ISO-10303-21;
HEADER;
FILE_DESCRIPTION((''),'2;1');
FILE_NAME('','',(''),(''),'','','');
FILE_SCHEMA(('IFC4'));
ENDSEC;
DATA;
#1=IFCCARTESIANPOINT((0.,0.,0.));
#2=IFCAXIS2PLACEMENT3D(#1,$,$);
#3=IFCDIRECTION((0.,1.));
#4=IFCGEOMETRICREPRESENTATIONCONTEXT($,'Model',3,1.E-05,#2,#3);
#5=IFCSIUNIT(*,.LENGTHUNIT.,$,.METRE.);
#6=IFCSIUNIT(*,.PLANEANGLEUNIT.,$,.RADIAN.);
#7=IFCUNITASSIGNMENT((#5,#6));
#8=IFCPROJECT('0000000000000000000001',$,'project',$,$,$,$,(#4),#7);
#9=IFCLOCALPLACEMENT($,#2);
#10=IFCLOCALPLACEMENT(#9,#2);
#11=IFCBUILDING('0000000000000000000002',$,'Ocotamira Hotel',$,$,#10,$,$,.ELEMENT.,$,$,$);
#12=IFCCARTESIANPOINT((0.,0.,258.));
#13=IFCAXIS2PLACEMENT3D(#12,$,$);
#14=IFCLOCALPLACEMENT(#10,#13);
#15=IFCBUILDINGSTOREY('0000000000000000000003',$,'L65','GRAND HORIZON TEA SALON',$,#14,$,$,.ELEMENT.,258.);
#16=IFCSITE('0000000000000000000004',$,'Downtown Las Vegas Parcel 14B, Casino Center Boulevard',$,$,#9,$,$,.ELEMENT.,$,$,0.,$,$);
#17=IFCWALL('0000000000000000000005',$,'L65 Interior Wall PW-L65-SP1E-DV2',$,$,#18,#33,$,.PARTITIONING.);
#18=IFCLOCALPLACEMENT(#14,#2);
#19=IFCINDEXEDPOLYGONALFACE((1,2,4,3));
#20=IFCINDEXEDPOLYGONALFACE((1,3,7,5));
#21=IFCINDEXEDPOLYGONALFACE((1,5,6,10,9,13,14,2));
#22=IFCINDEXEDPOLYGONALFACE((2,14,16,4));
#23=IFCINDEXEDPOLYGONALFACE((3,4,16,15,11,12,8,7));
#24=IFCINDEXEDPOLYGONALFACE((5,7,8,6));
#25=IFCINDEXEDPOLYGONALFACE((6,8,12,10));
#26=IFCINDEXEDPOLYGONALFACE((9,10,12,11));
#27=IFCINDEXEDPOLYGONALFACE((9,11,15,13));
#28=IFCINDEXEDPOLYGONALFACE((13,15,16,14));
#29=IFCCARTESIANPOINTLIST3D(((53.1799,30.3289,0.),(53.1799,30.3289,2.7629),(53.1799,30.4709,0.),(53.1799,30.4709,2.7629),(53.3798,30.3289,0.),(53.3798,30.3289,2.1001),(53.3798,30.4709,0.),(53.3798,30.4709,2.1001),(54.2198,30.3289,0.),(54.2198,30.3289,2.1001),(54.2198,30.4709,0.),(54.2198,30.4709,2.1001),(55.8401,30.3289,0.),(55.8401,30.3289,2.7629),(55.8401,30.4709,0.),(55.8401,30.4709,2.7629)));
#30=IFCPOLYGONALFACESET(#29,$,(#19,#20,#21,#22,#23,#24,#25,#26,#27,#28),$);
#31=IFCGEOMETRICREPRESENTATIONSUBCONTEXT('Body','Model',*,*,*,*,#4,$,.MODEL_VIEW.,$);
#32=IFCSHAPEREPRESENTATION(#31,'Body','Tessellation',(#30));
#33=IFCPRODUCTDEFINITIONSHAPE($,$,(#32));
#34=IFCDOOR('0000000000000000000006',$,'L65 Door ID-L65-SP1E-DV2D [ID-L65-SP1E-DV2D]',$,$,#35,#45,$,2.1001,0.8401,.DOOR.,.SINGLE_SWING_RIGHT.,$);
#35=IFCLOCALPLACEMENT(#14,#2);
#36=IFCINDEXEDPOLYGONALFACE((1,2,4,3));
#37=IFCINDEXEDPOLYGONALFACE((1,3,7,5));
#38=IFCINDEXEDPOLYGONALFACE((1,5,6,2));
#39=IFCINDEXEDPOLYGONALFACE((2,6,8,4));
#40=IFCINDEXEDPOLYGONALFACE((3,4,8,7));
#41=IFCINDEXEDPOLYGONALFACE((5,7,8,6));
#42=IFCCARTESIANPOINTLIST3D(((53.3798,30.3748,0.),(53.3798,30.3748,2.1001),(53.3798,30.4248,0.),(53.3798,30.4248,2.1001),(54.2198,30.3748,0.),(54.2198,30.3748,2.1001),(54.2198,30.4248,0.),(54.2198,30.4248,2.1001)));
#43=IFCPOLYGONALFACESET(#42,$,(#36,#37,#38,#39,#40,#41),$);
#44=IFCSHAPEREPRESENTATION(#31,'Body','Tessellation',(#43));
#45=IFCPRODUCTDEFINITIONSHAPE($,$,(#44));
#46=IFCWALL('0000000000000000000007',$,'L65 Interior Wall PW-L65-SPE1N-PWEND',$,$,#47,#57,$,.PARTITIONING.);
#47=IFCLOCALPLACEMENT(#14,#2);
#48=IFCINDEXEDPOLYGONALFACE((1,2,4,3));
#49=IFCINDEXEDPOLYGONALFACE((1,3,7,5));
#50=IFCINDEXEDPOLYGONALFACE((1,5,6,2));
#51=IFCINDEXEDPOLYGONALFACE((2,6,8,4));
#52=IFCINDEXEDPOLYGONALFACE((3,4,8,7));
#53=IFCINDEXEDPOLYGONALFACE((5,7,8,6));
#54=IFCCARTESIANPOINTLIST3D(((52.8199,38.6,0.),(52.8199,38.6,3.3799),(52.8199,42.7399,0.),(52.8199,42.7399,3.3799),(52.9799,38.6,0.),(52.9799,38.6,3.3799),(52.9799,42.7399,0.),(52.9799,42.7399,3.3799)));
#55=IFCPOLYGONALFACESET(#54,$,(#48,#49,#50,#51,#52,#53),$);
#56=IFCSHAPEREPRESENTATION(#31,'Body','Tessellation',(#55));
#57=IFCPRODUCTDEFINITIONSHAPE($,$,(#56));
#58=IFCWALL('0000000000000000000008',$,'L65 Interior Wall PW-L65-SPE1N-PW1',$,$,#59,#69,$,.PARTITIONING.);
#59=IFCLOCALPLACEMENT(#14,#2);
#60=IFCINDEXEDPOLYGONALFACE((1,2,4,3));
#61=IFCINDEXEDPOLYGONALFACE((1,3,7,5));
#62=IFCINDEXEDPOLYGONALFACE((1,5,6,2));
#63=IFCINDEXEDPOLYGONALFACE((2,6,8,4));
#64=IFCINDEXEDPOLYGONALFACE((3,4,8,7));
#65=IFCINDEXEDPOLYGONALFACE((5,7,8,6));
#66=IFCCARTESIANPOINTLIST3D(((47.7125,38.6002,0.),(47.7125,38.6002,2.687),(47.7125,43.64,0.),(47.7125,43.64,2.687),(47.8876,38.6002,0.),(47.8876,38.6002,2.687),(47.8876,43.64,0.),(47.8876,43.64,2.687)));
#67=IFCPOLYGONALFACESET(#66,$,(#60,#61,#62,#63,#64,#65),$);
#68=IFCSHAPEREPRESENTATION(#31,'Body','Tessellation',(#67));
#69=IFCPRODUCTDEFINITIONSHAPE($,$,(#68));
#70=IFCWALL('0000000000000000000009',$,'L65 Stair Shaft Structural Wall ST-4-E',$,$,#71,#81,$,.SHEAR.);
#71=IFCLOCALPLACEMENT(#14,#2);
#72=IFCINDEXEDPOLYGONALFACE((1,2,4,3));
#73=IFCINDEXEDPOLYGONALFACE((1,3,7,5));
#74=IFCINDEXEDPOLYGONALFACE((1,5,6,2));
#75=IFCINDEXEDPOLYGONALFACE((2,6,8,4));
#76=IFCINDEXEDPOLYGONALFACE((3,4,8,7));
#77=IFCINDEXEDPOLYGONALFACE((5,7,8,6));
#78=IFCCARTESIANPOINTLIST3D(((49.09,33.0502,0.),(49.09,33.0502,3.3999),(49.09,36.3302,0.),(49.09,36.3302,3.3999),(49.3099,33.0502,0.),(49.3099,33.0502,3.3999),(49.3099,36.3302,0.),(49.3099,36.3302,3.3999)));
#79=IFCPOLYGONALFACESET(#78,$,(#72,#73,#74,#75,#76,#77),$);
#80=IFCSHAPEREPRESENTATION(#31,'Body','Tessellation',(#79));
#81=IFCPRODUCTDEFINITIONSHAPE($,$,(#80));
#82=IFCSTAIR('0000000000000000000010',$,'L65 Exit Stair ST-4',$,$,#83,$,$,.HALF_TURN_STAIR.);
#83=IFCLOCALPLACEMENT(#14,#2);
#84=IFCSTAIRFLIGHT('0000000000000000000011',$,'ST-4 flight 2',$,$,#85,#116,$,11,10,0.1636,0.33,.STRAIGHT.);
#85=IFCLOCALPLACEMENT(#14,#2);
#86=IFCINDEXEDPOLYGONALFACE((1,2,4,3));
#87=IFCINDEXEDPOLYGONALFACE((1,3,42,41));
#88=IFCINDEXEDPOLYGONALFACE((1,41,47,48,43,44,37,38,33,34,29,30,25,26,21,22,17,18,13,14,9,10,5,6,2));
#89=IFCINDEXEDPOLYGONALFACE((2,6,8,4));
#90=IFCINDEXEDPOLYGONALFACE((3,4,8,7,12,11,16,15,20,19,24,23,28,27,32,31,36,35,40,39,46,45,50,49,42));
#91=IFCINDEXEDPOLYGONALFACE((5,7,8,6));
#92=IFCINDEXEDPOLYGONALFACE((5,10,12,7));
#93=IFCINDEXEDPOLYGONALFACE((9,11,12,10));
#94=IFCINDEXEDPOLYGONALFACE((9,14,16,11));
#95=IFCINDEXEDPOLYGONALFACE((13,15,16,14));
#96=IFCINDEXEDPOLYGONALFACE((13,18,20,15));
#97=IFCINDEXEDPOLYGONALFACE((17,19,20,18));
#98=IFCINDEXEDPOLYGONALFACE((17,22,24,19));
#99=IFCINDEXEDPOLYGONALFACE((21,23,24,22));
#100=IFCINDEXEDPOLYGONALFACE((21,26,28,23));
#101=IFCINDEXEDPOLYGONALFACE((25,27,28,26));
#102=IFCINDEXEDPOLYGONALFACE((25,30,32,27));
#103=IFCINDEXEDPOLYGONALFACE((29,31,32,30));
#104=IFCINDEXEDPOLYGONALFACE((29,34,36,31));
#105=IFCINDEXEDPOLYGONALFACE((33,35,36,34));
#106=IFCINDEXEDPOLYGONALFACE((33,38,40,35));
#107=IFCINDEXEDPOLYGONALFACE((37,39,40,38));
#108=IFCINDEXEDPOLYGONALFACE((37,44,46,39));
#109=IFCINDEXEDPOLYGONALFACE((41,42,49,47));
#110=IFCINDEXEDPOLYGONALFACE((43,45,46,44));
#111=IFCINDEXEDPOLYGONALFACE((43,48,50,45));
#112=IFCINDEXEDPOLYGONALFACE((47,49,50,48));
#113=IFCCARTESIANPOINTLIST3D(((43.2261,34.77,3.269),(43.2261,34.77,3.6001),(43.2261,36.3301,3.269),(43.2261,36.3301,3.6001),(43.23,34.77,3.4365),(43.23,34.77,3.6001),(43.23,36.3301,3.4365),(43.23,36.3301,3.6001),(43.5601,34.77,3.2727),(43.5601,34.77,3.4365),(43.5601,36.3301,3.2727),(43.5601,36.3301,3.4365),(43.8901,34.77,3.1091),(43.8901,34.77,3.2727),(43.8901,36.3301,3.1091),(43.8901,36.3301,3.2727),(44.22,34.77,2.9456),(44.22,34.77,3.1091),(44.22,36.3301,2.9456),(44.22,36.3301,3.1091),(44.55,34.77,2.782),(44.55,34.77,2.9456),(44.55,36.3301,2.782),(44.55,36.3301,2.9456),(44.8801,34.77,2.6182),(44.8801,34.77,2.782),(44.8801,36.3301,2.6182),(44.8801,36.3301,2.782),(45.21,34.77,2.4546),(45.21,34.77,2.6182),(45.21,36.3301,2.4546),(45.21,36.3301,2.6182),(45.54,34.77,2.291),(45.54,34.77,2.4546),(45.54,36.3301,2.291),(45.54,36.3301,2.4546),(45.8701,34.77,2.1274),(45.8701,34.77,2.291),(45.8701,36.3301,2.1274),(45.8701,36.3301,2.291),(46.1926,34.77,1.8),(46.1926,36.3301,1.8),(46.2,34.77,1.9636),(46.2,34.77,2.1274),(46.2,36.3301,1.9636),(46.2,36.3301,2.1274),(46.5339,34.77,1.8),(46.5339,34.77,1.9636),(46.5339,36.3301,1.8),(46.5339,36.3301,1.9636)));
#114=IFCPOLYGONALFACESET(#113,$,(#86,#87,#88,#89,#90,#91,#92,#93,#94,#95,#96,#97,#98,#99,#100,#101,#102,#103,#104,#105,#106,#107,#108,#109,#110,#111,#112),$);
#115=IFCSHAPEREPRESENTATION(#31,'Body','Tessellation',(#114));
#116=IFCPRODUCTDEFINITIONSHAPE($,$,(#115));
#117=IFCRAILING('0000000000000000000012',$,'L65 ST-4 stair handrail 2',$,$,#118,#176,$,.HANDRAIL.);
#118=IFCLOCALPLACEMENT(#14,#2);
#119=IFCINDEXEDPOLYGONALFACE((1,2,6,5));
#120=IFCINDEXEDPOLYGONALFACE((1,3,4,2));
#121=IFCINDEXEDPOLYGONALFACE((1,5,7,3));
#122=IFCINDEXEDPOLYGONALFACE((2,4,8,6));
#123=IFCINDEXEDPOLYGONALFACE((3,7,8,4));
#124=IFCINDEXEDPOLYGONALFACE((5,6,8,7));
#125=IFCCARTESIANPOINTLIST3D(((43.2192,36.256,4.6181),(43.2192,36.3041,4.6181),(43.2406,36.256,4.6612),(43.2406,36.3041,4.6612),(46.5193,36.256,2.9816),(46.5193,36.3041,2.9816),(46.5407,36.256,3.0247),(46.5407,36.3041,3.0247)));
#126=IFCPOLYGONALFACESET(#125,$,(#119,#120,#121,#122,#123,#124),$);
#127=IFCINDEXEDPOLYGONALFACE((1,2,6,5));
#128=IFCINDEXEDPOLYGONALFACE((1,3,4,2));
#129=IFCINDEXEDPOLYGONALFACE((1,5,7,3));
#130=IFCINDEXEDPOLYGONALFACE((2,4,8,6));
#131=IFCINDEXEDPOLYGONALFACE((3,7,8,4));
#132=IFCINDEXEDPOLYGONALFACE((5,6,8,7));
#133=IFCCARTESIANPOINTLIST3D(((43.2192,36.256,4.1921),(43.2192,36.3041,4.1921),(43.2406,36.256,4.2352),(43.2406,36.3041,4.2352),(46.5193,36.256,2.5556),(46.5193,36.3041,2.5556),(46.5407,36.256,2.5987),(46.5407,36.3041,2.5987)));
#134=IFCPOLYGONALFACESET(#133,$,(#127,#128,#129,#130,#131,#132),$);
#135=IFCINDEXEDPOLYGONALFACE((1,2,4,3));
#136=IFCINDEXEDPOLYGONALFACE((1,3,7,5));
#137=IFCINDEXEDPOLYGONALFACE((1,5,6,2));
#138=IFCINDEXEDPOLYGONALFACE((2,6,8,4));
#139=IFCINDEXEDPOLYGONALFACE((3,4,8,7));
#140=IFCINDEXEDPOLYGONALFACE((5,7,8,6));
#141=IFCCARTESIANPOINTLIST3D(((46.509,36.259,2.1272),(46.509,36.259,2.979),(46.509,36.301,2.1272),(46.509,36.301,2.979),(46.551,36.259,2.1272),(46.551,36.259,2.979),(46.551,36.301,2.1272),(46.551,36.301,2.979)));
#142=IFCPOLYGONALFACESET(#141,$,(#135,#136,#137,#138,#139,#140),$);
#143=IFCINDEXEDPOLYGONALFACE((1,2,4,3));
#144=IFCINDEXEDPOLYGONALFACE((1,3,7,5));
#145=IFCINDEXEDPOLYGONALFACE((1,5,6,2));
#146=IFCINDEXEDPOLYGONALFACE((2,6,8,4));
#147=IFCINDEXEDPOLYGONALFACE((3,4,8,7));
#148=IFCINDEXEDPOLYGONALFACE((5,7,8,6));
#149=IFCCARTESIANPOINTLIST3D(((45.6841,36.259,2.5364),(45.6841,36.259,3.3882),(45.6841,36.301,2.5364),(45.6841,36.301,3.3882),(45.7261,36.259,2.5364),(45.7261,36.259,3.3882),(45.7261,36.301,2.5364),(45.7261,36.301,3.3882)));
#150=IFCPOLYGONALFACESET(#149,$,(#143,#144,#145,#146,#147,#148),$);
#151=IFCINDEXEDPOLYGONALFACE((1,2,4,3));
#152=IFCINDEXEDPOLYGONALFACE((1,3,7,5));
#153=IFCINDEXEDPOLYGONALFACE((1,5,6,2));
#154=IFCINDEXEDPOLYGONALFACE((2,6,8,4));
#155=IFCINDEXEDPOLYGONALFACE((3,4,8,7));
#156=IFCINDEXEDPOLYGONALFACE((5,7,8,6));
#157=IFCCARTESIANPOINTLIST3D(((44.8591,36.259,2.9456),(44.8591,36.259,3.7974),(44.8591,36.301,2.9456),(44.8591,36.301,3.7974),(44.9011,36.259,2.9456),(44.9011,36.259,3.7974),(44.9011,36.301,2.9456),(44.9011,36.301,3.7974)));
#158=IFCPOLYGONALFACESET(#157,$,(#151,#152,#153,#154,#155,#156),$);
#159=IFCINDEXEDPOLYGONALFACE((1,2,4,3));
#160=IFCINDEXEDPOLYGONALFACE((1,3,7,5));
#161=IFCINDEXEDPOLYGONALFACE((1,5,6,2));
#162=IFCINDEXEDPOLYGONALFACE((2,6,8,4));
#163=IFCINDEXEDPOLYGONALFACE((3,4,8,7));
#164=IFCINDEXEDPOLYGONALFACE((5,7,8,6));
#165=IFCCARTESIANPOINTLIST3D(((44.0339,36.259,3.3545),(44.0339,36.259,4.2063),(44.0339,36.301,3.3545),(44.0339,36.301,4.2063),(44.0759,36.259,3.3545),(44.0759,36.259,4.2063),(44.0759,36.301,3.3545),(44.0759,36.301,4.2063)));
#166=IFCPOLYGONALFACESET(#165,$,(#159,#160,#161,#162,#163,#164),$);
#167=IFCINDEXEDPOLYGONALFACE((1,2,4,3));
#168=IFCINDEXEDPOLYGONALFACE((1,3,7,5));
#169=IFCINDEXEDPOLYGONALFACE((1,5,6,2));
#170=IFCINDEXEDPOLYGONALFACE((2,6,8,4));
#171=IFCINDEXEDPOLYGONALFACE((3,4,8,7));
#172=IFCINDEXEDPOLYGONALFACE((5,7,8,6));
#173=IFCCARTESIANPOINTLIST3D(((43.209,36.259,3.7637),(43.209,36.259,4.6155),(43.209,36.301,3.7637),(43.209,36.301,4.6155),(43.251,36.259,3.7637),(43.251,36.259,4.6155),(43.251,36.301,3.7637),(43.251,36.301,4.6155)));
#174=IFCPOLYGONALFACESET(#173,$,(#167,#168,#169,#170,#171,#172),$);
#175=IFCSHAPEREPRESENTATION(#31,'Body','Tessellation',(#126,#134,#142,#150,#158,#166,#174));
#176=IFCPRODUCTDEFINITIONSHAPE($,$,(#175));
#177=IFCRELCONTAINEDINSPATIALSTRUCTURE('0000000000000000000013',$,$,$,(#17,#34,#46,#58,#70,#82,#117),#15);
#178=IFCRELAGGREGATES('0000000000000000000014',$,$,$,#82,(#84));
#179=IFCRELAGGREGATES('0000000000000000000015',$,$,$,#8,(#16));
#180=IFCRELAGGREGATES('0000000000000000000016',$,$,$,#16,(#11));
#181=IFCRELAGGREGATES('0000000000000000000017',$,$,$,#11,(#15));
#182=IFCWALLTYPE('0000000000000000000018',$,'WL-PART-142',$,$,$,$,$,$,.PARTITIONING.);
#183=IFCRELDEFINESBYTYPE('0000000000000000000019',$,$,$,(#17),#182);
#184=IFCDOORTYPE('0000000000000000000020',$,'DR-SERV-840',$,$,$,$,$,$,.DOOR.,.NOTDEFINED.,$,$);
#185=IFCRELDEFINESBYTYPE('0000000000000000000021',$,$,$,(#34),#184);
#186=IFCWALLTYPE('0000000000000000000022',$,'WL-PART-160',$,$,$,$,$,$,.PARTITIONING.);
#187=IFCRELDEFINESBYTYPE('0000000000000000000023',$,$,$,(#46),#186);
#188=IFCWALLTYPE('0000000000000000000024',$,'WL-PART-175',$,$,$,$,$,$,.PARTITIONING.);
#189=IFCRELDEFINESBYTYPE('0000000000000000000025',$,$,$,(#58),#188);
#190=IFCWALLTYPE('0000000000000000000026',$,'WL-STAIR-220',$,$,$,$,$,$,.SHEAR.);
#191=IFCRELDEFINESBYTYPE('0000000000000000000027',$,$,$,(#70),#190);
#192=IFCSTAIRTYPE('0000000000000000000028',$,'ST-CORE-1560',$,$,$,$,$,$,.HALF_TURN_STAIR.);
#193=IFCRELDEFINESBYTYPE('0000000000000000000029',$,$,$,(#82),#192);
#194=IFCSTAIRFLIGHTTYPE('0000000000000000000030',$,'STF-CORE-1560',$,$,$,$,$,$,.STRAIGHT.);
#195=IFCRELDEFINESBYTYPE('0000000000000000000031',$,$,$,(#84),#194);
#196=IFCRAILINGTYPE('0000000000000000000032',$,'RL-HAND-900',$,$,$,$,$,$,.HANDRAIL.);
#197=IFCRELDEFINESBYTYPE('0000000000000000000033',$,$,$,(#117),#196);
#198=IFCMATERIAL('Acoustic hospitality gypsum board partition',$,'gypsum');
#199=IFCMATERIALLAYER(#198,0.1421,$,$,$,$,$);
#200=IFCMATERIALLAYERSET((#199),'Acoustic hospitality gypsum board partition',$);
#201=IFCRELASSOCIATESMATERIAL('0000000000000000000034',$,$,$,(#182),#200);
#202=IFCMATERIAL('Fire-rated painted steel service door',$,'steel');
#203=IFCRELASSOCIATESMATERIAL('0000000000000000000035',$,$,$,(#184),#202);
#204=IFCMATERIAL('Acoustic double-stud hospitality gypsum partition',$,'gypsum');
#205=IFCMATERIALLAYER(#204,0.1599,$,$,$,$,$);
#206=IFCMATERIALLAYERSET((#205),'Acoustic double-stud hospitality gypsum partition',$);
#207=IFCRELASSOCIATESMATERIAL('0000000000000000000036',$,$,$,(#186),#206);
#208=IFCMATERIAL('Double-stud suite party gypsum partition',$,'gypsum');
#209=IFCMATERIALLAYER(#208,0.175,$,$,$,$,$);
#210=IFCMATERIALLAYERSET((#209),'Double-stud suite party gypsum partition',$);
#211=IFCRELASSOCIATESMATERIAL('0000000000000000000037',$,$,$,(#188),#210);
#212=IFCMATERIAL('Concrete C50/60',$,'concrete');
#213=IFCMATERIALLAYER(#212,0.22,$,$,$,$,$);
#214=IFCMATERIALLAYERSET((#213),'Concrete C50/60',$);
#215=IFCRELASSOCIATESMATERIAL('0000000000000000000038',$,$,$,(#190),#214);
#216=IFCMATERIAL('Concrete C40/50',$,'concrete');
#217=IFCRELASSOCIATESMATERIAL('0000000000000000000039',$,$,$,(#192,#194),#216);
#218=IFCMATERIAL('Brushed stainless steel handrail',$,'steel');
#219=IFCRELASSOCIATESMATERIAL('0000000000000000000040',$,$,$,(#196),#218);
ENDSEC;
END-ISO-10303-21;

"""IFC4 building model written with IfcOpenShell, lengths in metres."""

from ifc_helpers import new_model, si_unit, direction, frame, frame_2d, origin, origin_2d, place, context, subcontext, project, spatial, polyline, rectangle, outline, extrude, source, transform, mapped, material, layer, layer_set, type_object, element, fill, aggregate, save


model = new_model("IFC4")

# Units and contexts
model_context = context("Model", 3, precision=1e-05, world=origin(), true_north=direction((0.0, 1.0)))
body_context = subcontext(model_context, "Body", "Model", "MODEL_VIEW")
ifc_project = project(units=[si_unit("LENGTHUNIT", "METRE"), si_unit("PLANEANGLEUNIT", "RADIAN")], contexts=[model_context])

# Site, building, storey
site_placement = place(None, origin())
site = spatial("IfcSite", under=ifc_project, at=site_placement, Name="Downtown Las Vegas Parcel 14B, Casino Center Boulevard", CompositionType="ELEMENT", RefElevation=0.0)
building_placement = place(site_placement, origin())
building = spatial("IfcBuilding", under=site, at=building_placement, Name="Ocotamira Hotel", CompositionType="ELEMENT")
storey_placement = place(building_placement, frame((0.0, 0.0, 258.0)))
storey = spatial("IfcBuildingStorey", under=building, at=storey_placement, Name="L65", Description="GRAND HORIZON TEA SALON", CompositionType="ELEMENT", Elevation=258.0)

# Wall, opening, door
ifc_material_1 = material(Name="Acoustic hospitality gypsum board partition", Category="gypsum")
ifc_layer_1 = layer(ifc_material_1, 0.1421)
ifc_layer_set_1 = layer_set([ifc_layer_1], Name="Acoustic hospitality gypsum board partition")
wall_type_1 = type_object("IfcWallType", Name="WL-PART-142", PredefinedType="PARTITIONING", material=ifc_layer_set_1)
wall_1_placement = place(storey_placement, frame((53.1799, 30.3999, 0.0), z_axis=(0.0, 0.0, 1.0), x_axis=(1.0, 0.0, 0.0)))
wall_1 = element("IfcWall", 1, at=wall_1_placement, inside=storey, type_object=wall_type_1, Name="L65 Interior Wall PW-L65-SP1E-DV2", PredefinedType="PARTITIONING", context=body_context, shape_type="SweptSolid", body=[
    extrude(rectangle(XDim=2.6602, YDim=0.1421, at=frame_2d((1.3301, 0.0))), origin(), (0.0, 0.0, 1.0), 2.7629),
])
opening_1_placement = place(wall_1_placement, frame((0.2, 0.0, 0.0)))
opening_1 = element("IfcOpeningElement", 2, at=opening_1_placement, cuts=wall_1, PredefinedType="OPENING", context=body_context, shape_type="SweptSolid", body=[
    extrude(rectangle(XDim=0.8401, YDim=2.1001, at=frame_2d((0.4199, 1.05))), frame((0.0, 0.0811, 0.0), z_axis=(0.0, -1.0, 0.0), x_axis=(1.0, 0.0, 0.0)), (0.0, 0.0, 1.0), 0.1621),
])
ifc_material_2 = material(Name="Fire-rated painted steel service door", Category="steel")
door_type_1 = type_object("IfcDoorType", Name="DR-SERV-840", OperationType="NOTDEFINED", PredefinedType="DOOR", material=ifc_material_2)
shared_shape_1 = source(origin(), body_context, "Body", "SweptSolid", [
    extrude(rectangle(XDim=0.8401, YDim=2.1001, at=frame_2d((0.4199, 1.05))), frame((0.0, 0.0249, 0.0), z_axis=(0.0, -1.0, 0.0), x_axis=(1.0, 0.0, 0.0)), (0.0, 0.0, 1.0), 0.05),
])
door_1_placement = place(opening_1_placement, origin())
door_1 = element("IfcDoor", 3, at=door_1_placement, inside=storey, type_object=door_type_1, Name="L65 Door ID-L65-SP1E-DV2D [ID-L65-SP1E-DV2D]", OperationType="SINGLE_SWING_RIGHT", OverallHeight=2.1001, OverallWidth=0.8401, PredefinedType="DOOR", context=body_context, shape_type="MappedRepresentation", body=[
    mapped(shared_shape_1, transform((0.0, 0.0, 0.0), scale=1.0)),
])
fill(opening_1, door_1)

# Walls
ifc_material_3 = material(Name="Acoustic double-stud hospitality gypsum partition", Category="gypsum")
ifc_layer_2 = layer(ifc_material_3, 0.1599)
ifc_layer_set_2 = layer_set([ifc_layer_2], Name="Acoustic double-stud hospitality gypsum partition")
wall_type_2 = type_object("IfcWallType", Name="WL-PART-160", PredefinedType="PARTITIONING", material=ifc_layer_set_2)
wall_2_placement = place(storey_placement, frame((52.8999, 38.6001, 0.0), z_axis=(0.0, 0.0, 1.0), x_axis=(0.0, 1.0, 0.0)))
element("IfcWall", 4, at=wall_2_placement, inside=storey, type_object=wall_type_2, Name="L65 Interior Wall PW-L65-SPE1N-PWEND", PredefinedType="PARTITIONING", context=body_context, shape_type="SweptSolid", body=[
    extrude(rectangle(XDim=4.1399, YDim=0.1599, at=frame_2d((2.0698, 0.0))), origin(), (0.0, 0.0, 1.0), 3.3799),
])
ifc_material_4 = material(Name="Double-stud suite party gypsum partition", Category="gypsum")
ifc_layer_3 = layer(ifc_material_4, 0.175)
ifc_layer_set_3 = layer_set([ifc_layer_3], Name="Double-stud suite party gypsum partition")
wall_type_3 = type_object("IfcWallType", Name="WL-PART-175", PredefinedType="PARTITIONING", material=ifc_layer_set_3)
wall_3_placement = place(storey_placement, frame((47.8, 38.6001, 0.0), z_axis=(0.0, 0.0, 1.0), x_axis=(0.0, 1.0, 0.0)))
element("IfcWall", 5, at=wall_3_placement, inside=storey, type_object=wall_type_3, Name="L65 Interior Wall PW-L65-SPE1N-PW1", PredefinedType="PARTITIONING", context=body_context, shape_type="SweptSolid", body=[
    extrude(rectangle(XDim=5.0398, YDim=0.175, at=frame_2d((2.52, 0.0))), origin(), (0.0, 0.0, 1.0), 2.687),
])
ifc_material_5 = material(Name="Concrete C50/60", Category="concrete")
ifc_layer_4 = layer(ifc_material_5, 0.22)
ifc_layer_set_4 = layer_set([ifc_layer_4], Name="Concrete C50/60")
wall_type_4 = type_object("IfcWallType", Name="WL-STAIR-220", PredefinedType="SHEAR", material=ifc_layer_set_4)
wall_4_placement = place(storey_placement, frame((49.2, 33.05, 0.0), z_axis=(0.0, 0.0, 1.0), x_axis=(0.0, 1.0, 0.0)))
element("IfcWall", 6, at=wall_4_placement, inside=storey, type_object=wall_type_4, Name="L65 Stair Shaft Structural Wall ST-4-E", PredefinedType="SHEAR", context=body_context, shape_type="SweptSolid", body=[
    extrude(rectangle(XDim=3.28, YDim=0.22, at=frame_2d((1.6401, 0.0))), origin(), (0.0, 0.0, 1.0), 3.3999),
])

# Stair, stair flight
ifc_material_6 = material(Name="Concrete C40/50", Category="concrete")
stair_type = type_object("IfcStairType", Name="ST-CORE-1560", PredefinedType="HALF_TURN_STAIR", material=ifc_material_6)
stair_placement = place(storey_placement, origin())
stair = element("IfcStair", 7, at=stair_placement, inside=storey, type_object=stair_type, Name="L65 Exit Stair ST-4", PredefinedType="HALF_TURN_STAIR")
stair_flight_type = type_object("IfcStairFlightType", Name="STF-CORE-1560", PredefinedType="STRAIGHT", material=ifc_material_6)
shared_shape_2 = source(origin(), body_context, "Body", "SweptSolid", [
    extrude(outline(polyline([(-0.0039, 0.0), (-0.0039, 0.1636), (0.3301, 0.1636), (0.3301, 0.3274), (0.6599, 0.3274), (0.6599, 0.491), (0.99, 0.491), (0.99, 0.6545), (1.3201, 0.6545), (1.3201, 0.8181), (1.6499, 0.8181), (1.6499, 0.9819), (1.98, 0.9819), (1.98, 1.1455), (2.3101, 1.1455), (2.3101, 1.3091), (2.6399, 1.3091), (2.6399, 1.4727), (2.97, 1.4727), (2.97, 1.6365), (3.3, 1.6365), (3.3, 1.8), (3.304, 1.8), (3.304, 1.469), (0.3374, 0.0), (-0.0039, 0.0)])), frame((0.0, 0.78, 0.0), z_axis=(0.0, -1.0, 0.0), x_axis=(1.0, 0.0, 0.0)), (0.0, 0.0, 1.0), 1.5601),
])
stair_flight_placement = place(storey_placement, frame((46.53, 35.55, 1.8), z_axis=(0.0, 0.0, 1.0), x_axis=(-1.0, 0.0, 0.0)))
stair_flight = element("IfcStairFlight", 8, at=stair_flight_placement, type_object=stair_flight_type, Name="ST-4 flight 2", NumberOfRisers=11, NumberOfTreads=10, PredefinedType="STRAIGHT", RiserHeight=0.1636, TreadLength=0.33, context=body_context, shape_type="MappedRepresentation", body=[
    mapped(shared_shape_2, transform((0.0, 0.0, 0.0), scale=1.0)),
])
aggregate(stair, [stair_flight])

# Railing
ifc_material_7 = material(Name="Brushed stainless steel handrail", Category="steel")
railing_type_1 = type_object("IfcRailingType", Name="RL-HAND-900", PredefinedType="HANDRAIL", material=ifc_material_7)
railing_1_placement = place(storey_placement, frame((46.53, 36.28, 2.1272)))
element("IfcRailing", 9, at=railing_1_placement, inside=storey, type_object=railing_type_1, Name="L65 ST-4 stair handrail 2", PredefinedType="HANDRAIL", context=body_context, shape_type="SweptSolid", body=[
    extrude(rectangle(XDim=0.0481, YDim=0.0481, at=origin_2d()), frame((0.0, 0.0, 0.876), z_axis=(-0.895894, 0.0, 0.444268), x_axis=(0.0, -1.0, 0.0)), (0.0, 0.0, 1.0), 3.6836),
    extrude(rectangle(XDim=0.0481, YDim=0.0481, at=origin_2d()), frame((0.0, 0.0, 0.45), z_axis=(-0.895894, 0.0, 0.444268), x_axis=(0.0, -1.0, 0.0)), (0.0, 0.0, 1.0), 3.6836),
    extrude(rectangle(XDim=0.042, YDim=0.042, at=origin_2d()), origin(), (0.0, 0.0, 1.0), 0.8518),
    extrude(rectangle(XDim=0.042, YDim=0.042, at=origin_2d()), frame((-0.825, 0.0, 0.4092)), (0.0, 0.0, 1.0), 0.8518),
    extrude(rectangle(XDim=0.042, YDim=0.042, at=origin_2d()), frame((-1.6499, 0.0, 0.8184)), (0.0, 0.0, 1.0), 0.8518),
    extrude(rectangle(XDim=0.042, YDim=0.042, at=origin_2d()), frame((-2.4751, 0.0, 1.2273)), (0.0, 0.0, 1.0), 0.8518),
    extrude(rectangle(XDim=0.042, YDim=0.042, at=origin_2d()), frame((-3.3, 0.0, 1.6365)), (0.0, 0.0, 1.0), 0.8518),
])

save(model, "model.ifc")
